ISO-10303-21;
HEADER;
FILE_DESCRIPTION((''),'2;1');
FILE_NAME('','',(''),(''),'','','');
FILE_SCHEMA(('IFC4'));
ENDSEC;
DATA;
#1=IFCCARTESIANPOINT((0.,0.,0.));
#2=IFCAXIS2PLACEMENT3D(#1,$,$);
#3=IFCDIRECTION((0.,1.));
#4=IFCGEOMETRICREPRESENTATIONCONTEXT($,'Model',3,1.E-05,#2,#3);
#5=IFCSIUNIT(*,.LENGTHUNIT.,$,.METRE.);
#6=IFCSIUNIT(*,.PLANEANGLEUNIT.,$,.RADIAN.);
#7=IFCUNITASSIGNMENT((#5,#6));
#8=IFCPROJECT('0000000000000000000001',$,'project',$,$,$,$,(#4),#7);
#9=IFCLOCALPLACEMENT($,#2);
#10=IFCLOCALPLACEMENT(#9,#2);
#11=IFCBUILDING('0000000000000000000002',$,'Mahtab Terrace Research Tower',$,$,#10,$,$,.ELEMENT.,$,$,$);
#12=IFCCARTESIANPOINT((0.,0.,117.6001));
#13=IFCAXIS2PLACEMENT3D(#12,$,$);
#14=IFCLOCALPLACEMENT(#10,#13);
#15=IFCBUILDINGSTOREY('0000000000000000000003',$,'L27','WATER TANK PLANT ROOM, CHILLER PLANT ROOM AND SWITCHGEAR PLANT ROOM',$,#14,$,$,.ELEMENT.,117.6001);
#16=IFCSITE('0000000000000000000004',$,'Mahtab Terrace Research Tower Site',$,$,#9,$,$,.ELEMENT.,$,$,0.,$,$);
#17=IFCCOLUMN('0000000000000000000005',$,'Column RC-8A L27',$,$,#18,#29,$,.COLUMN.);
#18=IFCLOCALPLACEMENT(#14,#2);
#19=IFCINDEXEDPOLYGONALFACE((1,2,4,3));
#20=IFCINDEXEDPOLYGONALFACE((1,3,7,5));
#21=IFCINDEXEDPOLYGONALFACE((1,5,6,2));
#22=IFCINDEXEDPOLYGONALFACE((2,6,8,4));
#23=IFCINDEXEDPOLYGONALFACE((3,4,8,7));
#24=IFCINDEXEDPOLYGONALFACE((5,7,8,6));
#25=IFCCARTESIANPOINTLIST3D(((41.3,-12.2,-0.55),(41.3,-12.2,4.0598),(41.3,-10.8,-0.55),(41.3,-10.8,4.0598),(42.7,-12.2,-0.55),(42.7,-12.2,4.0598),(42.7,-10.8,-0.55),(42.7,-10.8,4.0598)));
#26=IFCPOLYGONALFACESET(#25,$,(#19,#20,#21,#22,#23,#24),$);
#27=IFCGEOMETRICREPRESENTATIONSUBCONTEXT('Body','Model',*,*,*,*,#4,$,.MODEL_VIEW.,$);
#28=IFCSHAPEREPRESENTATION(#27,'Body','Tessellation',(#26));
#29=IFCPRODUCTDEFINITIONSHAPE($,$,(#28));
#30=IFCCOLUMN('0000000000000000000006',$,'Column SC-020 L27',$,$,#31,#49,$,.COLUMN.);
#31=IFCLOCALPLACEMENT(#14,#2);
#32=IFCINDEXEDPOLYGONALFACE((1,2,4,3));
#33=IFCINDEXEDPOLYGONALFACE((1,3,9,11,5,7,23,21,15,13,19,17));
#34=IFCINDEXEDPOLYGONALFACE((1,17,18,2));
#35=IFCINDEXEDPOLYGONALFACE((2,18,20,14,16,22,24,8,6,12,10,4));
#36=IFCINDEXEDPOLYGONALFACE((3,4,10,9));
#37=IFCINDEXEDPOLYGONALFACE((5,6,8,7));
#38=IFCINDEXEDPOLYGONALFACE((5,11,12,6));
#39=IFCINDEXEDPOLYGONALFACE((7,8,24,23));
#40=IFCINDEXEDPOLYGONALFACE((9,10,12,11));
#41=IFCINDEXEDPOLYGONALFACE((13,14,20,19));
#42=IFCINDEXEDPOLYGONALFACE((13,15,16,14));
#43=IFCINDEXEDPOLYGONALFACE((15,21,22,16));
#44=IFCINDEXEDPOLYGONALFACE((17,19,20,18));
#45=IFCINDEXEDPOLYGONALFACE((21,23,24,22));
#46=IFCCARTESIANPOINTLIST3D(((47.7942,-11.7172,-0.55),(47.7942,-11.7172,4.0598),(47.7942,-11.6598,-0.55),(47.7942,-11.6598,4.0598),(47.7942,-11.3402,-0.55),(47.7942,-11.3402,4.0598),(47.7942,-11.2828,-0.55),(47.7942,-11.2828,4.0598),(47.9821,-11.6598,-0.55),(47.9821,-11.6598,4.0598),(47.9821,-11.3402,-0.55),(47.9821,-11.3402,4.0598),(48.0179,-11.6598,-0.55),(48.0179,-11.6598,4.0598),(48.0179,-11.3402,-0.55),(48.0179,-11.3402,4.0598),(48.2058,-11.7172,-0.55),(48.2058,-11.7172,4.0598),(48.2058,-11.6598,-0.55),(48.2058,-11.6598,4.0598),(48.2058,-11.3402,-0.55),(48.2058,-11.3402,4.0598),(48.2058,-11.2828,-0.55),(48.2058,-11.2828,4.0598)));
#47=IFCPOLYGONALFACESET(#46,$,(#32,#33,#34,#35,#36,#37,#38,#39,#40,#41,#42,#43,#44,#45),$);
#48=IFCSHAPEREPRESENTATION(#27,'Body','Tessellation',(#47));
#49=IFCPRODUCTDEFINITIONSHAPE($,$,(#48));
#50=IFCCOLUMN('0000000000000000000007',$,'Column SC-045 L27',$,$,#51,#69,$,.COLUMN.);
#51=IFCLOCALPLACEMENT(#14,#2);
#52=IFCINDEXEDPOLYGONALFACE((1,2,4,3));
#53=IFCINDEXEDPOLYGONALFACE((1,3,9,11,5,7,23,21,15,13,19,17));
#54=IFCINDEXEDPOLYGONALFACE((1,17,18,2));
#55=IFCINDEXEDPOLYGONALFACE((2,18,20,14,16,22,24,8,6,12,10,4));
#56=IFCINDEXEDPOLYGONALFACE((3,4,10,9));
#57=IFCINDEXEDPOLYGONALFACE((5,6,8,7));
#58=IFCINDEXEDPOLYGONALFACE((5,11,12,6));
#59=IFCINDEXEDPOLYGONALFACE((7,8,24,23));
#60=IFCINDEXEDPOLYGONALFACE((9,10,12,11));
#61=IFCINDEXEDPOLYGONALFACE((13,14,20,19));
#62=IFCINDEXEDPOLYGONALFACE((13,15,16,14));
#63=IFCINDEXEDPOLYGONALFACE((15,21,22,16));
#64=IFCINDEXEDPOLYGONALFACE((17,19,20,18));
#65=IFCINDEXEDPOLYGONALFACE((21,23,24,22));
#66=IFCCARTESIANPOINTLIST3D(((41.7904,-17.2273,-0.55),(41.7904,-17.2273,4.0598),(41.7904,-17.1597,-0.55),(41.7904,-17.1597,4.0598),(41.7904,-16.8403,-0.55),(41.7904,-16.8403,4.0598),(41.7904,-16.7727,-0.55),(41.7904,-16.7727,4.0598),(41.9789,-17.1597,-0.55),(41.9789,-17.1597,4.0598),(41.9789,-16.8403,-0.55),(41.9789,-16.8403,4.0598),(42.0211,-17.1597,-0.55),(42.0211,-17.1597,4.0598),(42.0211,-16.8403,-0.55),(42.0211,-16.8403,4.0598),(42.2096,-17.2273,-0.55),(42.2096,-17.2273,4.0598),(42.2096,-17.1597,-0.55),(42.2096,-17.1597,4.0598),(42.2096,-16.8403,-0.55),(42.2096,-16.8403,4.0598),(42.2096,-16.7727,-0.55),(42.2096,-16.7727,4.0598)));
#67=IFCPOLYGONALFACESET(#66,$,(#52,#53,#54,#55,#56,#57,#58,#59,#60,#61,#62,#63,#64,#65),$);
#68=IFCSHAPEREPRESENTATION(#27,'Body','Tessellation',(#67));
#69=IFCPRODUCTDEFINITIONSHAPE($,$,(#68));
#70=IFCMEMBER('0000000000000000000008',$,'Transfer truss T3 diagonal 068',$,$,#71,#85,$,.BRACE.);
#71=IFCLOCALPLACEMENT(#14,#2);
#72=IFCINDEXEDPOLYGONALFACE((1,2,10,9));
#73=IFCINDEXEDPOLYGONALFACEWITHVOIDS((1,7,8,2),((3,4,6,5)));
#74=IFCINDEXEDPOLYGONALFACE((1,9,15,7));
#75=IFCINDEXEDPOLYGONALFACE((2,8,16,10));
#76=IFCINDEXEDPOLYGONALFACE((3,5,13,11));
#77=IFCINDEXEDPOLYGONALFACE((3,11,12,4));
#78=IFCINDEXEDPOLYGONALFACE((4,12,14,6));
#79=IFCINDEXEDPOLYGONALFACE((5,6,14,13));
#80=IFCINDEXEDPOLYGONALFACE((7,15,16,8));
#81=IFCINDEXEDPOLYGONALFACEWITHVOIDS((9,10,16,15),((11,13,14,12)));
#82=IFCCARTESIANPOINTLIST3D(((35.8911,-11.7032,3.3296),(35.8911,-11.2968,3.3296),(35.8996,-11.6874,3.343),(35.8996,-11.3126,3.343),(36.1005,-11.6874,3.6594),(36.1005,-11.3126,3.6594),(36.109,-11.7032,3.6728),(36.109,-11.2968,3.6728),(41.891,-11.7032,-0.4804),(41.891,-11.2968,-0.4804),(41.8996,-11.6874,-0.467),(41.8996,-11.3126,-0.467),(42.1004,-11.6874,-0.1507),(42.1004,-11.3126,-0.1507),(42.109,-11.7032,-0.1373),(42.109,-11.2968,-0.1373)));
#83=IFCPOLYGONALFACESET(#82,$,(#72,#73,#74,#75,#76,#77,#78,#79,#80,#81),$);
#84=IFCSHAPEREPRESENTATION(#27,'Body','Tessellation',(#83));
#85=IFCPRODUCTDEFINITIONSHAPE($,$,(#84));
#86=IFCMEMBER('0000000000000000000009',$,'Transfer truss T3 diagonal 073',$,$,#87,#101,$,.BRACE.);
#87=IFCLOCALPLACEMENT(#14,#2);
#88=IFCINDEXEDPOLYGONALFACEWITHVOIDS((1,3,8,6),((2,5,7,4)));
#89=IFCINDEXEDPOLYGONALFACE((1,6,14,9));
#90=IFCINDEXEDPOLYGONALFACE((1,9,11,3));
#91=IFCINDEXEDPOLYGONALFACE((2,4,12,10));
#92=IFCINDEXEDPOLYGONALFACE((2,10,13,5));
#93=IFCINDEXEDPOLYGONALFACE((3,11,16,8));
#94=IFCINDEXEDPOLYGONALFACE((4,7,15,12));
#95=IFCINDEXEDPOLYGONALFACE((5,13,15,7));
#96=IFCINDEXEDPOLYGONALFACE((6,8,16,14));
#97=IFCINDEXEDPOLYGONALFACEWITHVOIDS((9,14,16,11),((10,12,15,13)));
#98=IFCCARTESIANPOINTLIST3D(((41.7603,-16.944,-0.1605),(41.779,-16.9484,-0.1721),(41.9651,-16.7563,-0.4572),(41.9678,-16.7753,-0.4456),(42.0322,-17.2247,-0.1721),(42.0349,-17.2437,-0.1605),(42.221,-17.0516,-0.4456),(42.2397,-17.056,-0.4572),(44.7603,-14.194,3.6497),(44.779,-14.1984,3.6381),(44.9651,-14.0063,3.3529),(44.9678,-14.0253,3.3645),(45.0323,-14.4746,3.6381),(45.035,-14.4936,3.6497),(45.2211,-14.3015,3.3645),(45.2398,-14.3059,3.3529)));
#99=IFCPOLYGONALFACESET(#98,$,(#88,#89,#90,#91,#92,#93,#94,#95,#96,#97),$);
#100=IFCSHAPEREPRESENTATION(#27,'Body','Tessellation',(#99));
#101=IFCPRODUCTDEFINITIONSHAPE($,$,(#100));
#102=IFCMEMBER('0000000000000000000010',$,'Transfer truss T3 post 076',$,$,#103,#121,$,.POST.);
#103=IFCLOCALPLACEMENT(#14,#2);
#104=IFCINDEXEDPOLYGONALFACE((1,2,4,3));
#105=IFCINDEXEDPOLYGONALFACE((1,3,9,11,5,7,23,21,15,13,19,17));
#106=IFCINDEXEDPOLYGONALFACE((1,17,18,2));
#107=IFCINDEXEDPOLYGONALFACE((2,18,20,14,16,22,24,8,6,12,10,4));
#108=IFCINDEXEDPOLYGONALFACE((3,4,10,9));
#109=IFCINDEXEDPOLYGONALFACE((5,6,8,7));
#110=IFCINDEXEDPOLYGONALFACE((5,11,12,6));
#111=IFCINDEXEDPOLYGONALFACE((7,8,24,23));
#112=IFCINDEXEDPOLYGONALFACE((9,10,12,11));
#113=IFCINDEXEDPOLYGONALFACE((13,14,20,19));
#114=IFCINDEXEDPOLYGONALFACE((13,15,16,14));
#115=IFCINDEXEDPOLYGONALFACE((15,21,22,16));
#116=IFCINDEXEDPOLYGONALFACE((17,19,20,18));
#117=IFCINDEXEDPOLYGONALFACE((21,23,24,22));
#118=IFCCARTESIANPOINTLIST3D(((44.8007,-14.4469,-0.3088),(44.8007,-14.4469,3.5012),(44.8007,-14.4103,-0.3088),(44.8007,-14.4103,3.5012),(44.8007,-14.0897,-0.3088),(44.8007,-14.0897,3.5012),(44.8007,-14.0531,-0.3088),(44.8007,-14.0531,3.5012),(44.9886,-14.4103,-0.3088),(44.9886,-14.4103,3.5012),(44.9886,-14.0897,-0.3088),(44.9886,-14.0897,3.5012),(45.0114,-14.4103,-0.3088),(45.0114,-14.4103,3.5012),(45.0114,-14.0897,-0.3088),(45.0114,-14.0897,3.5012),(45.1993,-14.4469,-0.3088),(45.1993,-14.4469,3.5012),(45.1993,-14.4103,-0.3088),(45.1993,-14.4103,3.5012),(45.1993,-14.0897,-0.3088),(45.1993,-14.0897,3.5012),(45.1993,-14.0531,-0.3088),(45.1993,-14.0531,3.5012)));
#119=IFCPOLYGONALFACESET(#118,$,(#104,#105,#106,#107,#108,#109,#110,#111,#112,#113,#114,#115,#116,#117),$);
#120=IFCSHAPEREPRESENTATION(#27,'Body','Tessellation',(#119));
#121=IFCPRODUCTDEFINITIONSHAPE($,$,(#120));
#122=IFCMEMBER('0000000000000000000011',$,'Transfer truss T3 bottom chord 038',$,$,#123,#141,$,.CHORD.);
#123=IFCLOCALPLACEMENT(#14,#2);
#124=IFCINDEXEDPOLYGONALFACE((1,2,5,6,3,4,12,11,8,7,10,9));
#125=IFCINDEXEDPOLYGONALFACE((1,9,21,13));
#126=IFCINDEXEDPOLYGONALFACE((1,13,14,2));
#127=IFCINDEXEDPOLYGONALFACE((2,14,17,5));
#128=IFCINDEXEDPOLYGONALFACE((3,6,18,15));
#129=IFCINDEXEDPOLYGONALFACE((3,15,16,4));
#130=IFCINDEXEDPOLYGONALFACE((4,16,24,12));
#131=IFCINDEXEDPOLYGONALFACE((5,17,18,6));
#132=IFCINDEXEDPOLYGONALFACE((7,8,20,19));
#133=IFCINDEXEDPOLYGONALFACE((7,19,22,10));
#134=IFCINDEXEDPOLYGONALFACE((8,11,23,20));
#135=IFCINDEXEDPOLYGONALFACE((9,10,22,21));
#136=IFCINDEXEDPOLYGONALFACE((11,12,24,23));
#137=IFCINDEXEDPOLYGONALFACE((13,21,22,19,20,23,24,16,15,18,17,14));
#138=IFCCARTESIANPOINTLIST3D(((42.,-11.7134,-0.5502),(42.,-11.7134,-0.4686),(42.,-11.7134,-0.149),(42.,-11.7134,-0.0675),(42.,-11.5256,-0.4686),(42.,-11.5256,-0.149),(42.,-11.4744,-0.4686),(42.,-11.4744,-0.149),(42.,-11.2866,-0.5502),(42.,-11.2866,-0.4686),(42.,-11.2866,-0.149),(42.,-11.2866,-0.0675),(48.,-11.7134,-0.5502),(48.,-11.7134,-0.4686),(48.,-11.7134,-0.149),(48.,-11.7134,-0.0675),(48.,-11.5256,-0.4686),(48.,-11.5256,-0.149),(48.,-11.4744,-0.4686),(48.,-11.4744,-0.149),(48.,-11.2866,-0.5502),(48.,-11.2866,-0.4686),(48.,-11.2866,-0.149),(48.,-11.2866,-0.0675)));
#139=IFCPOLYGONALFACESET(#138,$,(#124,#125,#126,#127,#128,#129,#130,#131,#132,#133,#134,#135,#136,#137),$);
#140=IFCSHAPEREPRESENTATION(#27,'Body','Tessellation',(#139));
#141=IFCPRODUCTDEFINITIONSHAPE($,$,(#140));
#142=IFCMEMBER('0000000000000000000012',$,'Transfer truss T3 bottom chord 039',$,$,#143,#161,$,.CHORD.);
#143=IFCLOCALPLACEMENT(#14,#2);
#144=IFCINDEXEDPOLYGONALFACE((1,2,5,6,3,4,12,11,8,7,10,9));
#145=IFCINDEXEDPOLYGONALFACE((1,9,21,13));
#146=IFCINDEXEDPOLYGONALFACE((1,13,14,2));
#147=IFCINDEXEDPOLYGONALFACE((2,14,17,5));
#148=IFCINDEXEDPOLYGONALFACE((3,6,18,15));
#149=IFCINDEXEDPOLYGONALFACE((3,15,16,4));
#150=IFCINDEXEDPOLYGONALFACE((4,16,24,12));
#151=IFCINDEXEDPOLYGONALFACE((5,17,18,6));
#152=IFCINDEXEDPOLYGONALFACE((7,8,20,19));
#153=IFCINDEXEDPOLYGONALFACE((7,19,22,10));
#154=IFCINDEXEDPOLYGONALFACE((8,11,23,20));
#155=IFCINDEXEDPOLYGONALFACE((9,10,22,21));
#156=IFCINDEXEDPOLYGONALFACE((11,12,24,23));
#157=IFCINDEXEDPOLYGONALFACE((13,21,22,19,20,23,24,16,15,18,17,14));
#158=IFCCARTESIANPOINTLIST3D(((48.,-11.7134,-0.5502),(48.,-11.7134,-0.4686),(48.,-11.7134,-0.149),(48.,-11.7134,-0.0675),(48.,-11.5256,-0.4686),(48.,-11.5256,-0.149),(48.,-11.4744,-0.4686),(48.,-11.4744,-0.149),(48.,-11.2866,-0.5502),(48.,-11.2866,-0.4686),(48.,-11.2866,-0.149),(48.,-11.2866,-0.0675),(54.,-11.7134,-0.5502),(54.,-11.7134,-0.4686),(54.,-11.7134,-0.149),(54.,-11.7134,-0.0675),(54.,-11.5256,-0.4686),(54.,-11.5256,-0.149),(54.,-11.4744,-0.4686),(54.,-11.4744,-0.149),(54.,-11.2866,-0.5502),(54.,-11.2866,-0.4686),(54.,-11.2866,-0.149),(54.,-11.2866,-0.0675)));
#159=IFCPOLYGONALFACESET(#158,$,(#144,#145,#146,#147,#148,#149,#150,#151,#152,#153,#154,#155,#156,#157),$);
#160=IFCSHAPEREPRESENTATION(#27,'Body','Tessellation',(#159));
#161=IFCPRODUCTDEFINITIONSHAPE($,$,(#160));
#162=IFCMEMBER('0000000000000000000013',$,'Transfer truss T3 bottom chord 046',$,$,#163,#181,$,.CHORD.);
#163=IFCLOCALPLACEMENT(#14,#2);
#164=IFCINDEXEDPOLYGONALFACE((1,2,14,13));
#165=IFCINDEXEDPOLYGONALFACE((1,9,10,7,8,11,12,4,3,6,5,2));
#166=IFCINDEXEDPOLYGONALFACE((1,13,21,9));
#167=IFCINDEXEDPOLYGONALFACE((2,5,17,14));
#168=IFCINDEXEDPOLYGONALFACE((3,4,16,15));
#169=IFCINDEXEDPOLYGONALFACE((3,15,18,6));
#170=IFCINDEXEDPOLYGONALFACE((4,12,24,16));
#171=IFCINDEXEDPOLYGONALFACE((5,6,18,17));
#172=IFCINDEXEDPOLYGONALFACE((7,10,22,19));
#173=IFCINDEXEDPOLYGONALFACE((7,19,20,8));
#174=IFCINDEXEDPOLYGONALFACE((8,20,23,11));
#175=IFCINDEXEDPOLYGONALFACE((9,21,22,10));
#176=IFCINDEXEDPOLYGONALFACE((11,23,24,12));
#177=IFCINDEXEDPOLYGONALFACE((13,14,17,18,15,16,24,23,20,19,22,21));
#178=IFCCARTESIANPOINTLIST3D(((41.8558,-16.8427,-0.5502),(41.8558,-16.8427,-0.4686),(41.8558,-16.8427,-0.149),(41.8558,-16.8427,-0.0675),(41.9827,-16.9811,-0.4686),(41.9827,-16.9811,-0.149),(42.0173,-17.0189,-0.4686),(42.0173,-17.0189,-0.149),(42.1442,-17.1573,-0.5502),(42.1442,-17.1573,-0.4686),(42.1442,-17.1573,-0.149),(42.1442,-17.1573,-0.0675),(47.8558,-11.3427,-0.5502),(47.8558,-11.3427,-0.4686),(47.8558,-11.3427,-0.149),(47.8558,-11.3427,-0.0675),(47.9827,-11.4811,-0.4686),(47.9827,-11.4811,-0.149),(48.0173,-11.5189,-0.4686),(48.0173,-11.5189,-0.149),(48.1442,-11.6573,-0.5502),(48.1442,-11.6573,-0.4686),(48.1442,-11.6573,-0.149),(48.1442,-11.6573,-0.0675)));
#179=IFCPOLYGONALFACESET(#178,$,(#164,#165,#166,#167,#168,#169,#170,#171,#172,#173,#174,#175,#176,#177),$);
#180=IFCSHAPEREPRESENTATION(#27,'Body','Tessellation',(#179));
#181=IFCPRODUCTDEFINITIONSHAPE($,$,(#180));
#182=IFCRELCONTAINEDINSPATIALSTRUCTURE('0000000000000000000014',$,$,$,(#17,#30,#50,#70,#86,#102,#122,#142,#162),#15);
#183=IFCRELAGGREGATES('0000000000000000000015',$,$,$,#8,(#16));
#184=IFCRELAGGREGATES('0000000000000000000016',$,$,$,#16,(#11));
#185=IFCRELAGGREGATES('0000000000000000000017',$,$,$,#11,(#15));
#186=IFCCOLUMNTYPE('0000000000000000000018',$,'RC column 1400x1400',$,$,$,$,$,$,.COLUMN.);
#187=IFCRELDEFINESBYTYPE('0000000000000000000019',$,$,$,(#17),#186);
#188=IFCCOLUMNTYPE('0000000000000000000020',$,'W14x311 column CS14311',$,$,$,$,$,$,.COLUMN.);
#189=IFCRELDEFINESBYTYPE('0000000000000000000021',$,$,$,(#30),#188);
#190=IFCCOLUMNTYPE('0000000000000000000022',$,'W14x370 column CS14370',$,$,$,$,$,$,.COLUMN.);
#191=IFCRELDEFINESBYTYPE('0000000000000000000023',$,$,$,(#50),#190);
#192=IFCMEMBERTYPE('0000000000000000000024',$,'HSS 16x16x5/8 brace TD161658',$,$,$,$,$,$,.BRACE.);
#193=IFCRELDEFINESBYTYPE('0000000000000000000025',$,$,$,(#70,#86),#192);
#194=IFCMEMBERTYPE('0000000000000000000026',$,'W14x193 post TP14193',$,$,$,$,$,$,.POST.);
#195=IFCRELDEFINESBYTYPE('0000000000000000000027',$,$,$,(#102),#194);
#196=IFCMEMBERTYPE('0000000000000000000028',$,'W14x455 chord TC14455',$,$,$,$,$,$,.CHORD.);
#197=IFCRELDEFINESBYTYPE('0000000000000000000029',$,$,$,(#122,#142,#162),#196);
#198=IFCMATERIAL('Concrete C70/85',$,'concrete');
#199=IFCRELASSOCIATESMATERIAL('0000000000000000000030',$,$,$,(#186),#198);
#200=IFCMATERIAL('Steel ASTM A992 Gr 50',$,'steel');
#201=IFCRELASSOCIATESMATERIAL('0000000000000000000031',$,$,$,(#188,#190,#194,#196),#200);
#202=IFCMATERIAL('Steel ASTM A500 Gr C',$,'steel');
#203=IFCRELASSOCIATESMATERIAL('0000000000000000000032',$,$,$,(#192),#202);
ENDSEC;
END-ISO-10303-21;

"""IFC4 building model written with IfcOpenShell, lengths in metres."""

from ifc_helpers import new_model, si_unit, direction, frame, origin, origin_2d, place, context, subcontext, project, spatial, rectangle, hollow_rectangle, i_section, extrude, material, material_profile, profile_set, type_object, element, save


model = new_model("IFC4")

# Units and contexts
model_context = context("Model", 3, precision=1e-05, world=origin(), true_north=direction((0.0, 1.0)))
body_context = subcontext(model_context, "Body", "Model", "MODEL_VIEW")
ifc_project = project(units=[si_unit("LENGTHUNIT", "METRE"), si_unit("PLANEANGLEUNIT", "RADIAN")], contexts=[model_context])

# Site, building, storey
site_placement = place(None, origin())
site = spatial("IfcSite", under=ifc_project, at=site_placement, Name="Mahtab Terrace Research Tower Site", CompositionType="ELEMENT", RefElevation=0.0)
building_placement = place(site_placement, origin())
building = spatial("IfcBuilding", under=site, at=building_placement, Name="Mahtab Terrace Research Tower", CompositionType="ELEMENT")
storey_placement = place(building_placement, frame((0.0, 0.0, 117.6001)))
storey = spatial("IfcBuildingStorey", under=building, at=storey_placement, Name="L27", Description="WATER TANK PLANT ROOM, CHILLER PLANT ROOM AND SWITCHGEAR PLANT ROOM", CompositionType="ELEMENT", Elevation=117.6001)

# Columns
ifc_material_1 = material(Name="Concrete C70/85", Category="concrete")
ifc_material_profile_1 = material_profile(ifc_material_1, rectangle(XDim=1.3999, YDim=1.3999, at=origin_2d()), Name="RC column 1400x1400")
ifc_profile_set_1 = profile_set([ifc_material_profile_1], Name="Concrete C70/85")
column_type_1 = type_object("IfcColumnType", Name="RC column 1400x1400", PredefinedType="COLUMN", material=ifc_profile_set_1)
column_1_placement = place(storey_placement, frame((42.0, -11.5, -0.55), z_axis=(0.0, 0.0, 1.0), x_axis=(1.0, 0.0, 0.0)))
element("IfcColumn", 1, at=column_1_placement, inside=storey, type_object=column_type_1, Name="Column RC-8A L27", PredefinedType="COLUMN", context=body_context, shape_type="SweptSolid", body=[
    extrude(rectangle(XDim=1.3999, YDim=1.3999, at=origin_2d()), origin(), (0.0, 0.0, 1.0), 4.6099),
])
ifc_material_2 = material(Name="Steel ASTM A992 Gr 50", Category="steel")
ifc_material_profile_2 = material_profile(ifc_material_2, i_section(OverallWidth=0.4116, OverallDepth=0.4343, WebThickness=0.0359, FlangeThickness=0.0574, at=origin_2d()), Name="W14X311")
ifc_profile_set_2 = profile_set([ifc_material_profile_2], Name="Steel ASTM A992 Gr 50")
column_type_2 = type_object("IfcColumnType", Name="W14x311 column CS14311", PredefinedType="COLUMN", material=ifc_profile_set_2)
column_2_placement = place(storey_placement, frame((48.0, -11.5, -0.55), z_axis=(0.0, 0.0, 1.0), x_axis=(1.0, 0.0, 0.0)))
element("IfcColumn", 2, at=column_2_placement, inside=storey, type_object=column_type_2, Name="Column SC-020 L27", PredefinedType="COLUMN", context=body_context, shape_type="SweptSolid", body=[
    extrude(i_section(OverallWidth=0.4116, OverallDepth=0.4343, WebThickness=0.0359, FlangeThickness=0.0574, at=origin_2d()), origin(), (0.0, 0.0, 1.0), 4.6099),
])
ifc_material_profile_3 = material_profile(ifc_material_2, i_section(OverallWidth=0.4192, OverallDepth=0.4546, WebThickness=0.0422, FlangeThickness=0.0676, at=origin_2d()), Name="W14X370")
ifc_profile_set_3 = profile_set([ifc_material_profile_3], Name="Steel ASTM A992 Gr 50")
column_type_3 = type_object("IfcColumnType", Name="W14x370 column CS14370", PredefinedType="COLUMN", material=ifc_profile_set_3)
column_3_placement = place(storey_placement, frame((42.0, -17.0, -0.55), z_axis=(0.0, 0.0, 1.0), x_axis=(1.0, 0.0, 0.0)))
element("IfcColumn", 3, at=column_3_placement, inside=storey, type_object=column_type_3, Name="Column SC-045 L27", PredefinedType="COLUMN", context=body_context, shape_type="SweptSolid", body=[
    extrude(i_section(OverallWidth=0.4192, OverallDepth=0.4546, WebThickness=0.0422, FlangeThickness=0.0676, at=origin_2d()), origin(), (0.0, 0.0, 1.0), 4.6099),
])

# Members
ifc_material_3 = material(Name="Steel ASTM A500 Gr C", Category="steel")
ifc_material_profile_4 = material_profile(ifc_material_3, hollow_rectangle(XDim=0.4065, YDim=0.4065, WallThickness=0.0159, at=origin_2d()), Name="HSS16X16X5/8")
ifc_profile_set_4 = profile_set([ifc_material_profile_4], Name="Steel ASTM A500 Gr C")
member_type_1 = type_object("IfcMemberType", Name="HSS 16x16x5/8 brace TD161658", PredefinedType="BRACE", material=ifc_profile_set_4)
member_1_placement = place(storey_placement, frame((42.0, -11.5, -0.3088), z_axis=(-0.844179, 0.0, 0.536062), x_axis=(0.0, -1.0, 0.0)))
element("IfcMember", 4, at=member_1_placement, inside=storey, type_object=member_type_1, Name="Transfer truss T3 diagonal 068", PredefinedType="BRACE", context=body_context, shape_type="SweptSolid", body=[
    extrude(hollow_rectangle(XDim=0.4065, YDim=0.4065, WallThickness=0.0159, at=origin_2d()), origin(), (0.0, 0.0, 1.0), 7.1074),
])
member_2_placement = place(storey_placement, frame((42.0, -17.0, -0.3088), z_axis=(0.53813, 0.493286, 0.683436), x_axis=(-0.675725, 0.737154, 0.0)))
element("IfcMember", 5, at=member_2_placement, inside=storey, type_object=member_type_1, Name="Transfer truss T3 diagonal 073", PredefinedType="BRACE", context=body_context, shape_type="SweptSolid", body=[
    extrude(hollow_rectangle(XDim=0.4065, YDim=0.4065, WallThickness=0.0159, at=origin_2d()), origin(), (0.0, 0.0, 1.0), 5.575),
])
ifc_material_profile_5 = material_profile(ifc_material_2, i_section(OverallWidth=0.3987, OverallDepth=0.3938, WebThickness=0.0227, FlangeThickness=0.0366, at=origin_2d()), Name="W14X193")
ifc_profile_set_5 = profile_set([ifc_material_profile_5], Name="Steel ASTM A992 Gr 50")
member_type_2 = type_object("IfcMemberType", Name="W14x193 post TP14193", PredefinedType="POST", material=ifc_profile_set_5)
member_3_placement = place(storey_placement, frame((45.0, -14.25, -0.3088), z_axis=(0.0, 0.0, 1.0), x_axis=(1.0, 0.0, 0.0)))
element("IfcMember", 6, at=member_3_placement, inside=storey, type_object=member_type_2, Name="Transfer truss T3 post 076", PredefinedType="POST", context=body_context, shape_type="SweptSolid", body=[
    extrude(i_section(OverallWidth=0.3987, OverallDepth=0.3938, WebThickness=0.0227, FlangeThickness=0.0366, at=origin_2d()), origin(), (0.0, 0.0, 1.0), 3.8101),
])
ifc_material_profile_6 = material_profile(ifc_material_2, i_section(OverallWidth=0.4268, OverallDepth=0.4827, WebThickness=0.0513, FlangeThickness=0.0815, at=origin_2d()), Name="W14X455")
ifc_profile_set_6 = profile_set([ifc_material_profile_6], Name="Steel ASTM A992 Gr 50")
member_type_3 = type_object("IfcMemberType", Name="W14x455 chord TC14455", PredefinedType="CHORD", material=ifc_profile_set_6)
for number, where, z_axis, x_axis, name in (
    (7, (42.0, -11.5, -0.3088), (1.0, 0.0, 0.0), (0.0, 1.0, 0.0), "Transfer truss T3 bottom chord 038"),
    (8, (48.0, -11.5, -0.3088), (1.0, 0.0, 0.0), (0.0, 1.0, 0.0), "Transfer truss T3 bottom chord 039"),
):
    element("IfcMember", number, at=place(storey_placement, frame(where, z_axis=z_axis, x_axis=x_axis)), inside=storey, type_object=member_type_3, Name=name, PredefinedType="CHORD", context=body_context, shape_type="SweptSolid", body=[
        extrude(i_section(OverallWidth=0.4268, OverallDepth=0.4827, WebThickness=0.0513, FlangeThickness=0.0815, at=origin_2d()), origin(), (0.0, 0.0, 1.0), 6.0),
    ])
member_4_placement = place(storey_placement, frame((42.0, -17.0, -0.3088), z_axis=(0.737154, 0.675725, 0.0), x_axis=(-0.675725, 0.737154, 0.0)))
element("IfcMember", 9, at=member_4_placement, inside=storey, type_object=member_type_3, Name="Transfer truss T3 bottom chord 046", PredefinedType="CHORD", context=body_context, shape_type="SweptSolid", body=[
    extrude(i_section(OverallWidth=0.4268, OverallDepth=0.4827, WebThickness=0.0513, FlangeThickness=0.0815, at=origin_2d()), origin(), (0.0, 0.0, 1.0), 8.1394),
])

save(model, "model.ifc")
